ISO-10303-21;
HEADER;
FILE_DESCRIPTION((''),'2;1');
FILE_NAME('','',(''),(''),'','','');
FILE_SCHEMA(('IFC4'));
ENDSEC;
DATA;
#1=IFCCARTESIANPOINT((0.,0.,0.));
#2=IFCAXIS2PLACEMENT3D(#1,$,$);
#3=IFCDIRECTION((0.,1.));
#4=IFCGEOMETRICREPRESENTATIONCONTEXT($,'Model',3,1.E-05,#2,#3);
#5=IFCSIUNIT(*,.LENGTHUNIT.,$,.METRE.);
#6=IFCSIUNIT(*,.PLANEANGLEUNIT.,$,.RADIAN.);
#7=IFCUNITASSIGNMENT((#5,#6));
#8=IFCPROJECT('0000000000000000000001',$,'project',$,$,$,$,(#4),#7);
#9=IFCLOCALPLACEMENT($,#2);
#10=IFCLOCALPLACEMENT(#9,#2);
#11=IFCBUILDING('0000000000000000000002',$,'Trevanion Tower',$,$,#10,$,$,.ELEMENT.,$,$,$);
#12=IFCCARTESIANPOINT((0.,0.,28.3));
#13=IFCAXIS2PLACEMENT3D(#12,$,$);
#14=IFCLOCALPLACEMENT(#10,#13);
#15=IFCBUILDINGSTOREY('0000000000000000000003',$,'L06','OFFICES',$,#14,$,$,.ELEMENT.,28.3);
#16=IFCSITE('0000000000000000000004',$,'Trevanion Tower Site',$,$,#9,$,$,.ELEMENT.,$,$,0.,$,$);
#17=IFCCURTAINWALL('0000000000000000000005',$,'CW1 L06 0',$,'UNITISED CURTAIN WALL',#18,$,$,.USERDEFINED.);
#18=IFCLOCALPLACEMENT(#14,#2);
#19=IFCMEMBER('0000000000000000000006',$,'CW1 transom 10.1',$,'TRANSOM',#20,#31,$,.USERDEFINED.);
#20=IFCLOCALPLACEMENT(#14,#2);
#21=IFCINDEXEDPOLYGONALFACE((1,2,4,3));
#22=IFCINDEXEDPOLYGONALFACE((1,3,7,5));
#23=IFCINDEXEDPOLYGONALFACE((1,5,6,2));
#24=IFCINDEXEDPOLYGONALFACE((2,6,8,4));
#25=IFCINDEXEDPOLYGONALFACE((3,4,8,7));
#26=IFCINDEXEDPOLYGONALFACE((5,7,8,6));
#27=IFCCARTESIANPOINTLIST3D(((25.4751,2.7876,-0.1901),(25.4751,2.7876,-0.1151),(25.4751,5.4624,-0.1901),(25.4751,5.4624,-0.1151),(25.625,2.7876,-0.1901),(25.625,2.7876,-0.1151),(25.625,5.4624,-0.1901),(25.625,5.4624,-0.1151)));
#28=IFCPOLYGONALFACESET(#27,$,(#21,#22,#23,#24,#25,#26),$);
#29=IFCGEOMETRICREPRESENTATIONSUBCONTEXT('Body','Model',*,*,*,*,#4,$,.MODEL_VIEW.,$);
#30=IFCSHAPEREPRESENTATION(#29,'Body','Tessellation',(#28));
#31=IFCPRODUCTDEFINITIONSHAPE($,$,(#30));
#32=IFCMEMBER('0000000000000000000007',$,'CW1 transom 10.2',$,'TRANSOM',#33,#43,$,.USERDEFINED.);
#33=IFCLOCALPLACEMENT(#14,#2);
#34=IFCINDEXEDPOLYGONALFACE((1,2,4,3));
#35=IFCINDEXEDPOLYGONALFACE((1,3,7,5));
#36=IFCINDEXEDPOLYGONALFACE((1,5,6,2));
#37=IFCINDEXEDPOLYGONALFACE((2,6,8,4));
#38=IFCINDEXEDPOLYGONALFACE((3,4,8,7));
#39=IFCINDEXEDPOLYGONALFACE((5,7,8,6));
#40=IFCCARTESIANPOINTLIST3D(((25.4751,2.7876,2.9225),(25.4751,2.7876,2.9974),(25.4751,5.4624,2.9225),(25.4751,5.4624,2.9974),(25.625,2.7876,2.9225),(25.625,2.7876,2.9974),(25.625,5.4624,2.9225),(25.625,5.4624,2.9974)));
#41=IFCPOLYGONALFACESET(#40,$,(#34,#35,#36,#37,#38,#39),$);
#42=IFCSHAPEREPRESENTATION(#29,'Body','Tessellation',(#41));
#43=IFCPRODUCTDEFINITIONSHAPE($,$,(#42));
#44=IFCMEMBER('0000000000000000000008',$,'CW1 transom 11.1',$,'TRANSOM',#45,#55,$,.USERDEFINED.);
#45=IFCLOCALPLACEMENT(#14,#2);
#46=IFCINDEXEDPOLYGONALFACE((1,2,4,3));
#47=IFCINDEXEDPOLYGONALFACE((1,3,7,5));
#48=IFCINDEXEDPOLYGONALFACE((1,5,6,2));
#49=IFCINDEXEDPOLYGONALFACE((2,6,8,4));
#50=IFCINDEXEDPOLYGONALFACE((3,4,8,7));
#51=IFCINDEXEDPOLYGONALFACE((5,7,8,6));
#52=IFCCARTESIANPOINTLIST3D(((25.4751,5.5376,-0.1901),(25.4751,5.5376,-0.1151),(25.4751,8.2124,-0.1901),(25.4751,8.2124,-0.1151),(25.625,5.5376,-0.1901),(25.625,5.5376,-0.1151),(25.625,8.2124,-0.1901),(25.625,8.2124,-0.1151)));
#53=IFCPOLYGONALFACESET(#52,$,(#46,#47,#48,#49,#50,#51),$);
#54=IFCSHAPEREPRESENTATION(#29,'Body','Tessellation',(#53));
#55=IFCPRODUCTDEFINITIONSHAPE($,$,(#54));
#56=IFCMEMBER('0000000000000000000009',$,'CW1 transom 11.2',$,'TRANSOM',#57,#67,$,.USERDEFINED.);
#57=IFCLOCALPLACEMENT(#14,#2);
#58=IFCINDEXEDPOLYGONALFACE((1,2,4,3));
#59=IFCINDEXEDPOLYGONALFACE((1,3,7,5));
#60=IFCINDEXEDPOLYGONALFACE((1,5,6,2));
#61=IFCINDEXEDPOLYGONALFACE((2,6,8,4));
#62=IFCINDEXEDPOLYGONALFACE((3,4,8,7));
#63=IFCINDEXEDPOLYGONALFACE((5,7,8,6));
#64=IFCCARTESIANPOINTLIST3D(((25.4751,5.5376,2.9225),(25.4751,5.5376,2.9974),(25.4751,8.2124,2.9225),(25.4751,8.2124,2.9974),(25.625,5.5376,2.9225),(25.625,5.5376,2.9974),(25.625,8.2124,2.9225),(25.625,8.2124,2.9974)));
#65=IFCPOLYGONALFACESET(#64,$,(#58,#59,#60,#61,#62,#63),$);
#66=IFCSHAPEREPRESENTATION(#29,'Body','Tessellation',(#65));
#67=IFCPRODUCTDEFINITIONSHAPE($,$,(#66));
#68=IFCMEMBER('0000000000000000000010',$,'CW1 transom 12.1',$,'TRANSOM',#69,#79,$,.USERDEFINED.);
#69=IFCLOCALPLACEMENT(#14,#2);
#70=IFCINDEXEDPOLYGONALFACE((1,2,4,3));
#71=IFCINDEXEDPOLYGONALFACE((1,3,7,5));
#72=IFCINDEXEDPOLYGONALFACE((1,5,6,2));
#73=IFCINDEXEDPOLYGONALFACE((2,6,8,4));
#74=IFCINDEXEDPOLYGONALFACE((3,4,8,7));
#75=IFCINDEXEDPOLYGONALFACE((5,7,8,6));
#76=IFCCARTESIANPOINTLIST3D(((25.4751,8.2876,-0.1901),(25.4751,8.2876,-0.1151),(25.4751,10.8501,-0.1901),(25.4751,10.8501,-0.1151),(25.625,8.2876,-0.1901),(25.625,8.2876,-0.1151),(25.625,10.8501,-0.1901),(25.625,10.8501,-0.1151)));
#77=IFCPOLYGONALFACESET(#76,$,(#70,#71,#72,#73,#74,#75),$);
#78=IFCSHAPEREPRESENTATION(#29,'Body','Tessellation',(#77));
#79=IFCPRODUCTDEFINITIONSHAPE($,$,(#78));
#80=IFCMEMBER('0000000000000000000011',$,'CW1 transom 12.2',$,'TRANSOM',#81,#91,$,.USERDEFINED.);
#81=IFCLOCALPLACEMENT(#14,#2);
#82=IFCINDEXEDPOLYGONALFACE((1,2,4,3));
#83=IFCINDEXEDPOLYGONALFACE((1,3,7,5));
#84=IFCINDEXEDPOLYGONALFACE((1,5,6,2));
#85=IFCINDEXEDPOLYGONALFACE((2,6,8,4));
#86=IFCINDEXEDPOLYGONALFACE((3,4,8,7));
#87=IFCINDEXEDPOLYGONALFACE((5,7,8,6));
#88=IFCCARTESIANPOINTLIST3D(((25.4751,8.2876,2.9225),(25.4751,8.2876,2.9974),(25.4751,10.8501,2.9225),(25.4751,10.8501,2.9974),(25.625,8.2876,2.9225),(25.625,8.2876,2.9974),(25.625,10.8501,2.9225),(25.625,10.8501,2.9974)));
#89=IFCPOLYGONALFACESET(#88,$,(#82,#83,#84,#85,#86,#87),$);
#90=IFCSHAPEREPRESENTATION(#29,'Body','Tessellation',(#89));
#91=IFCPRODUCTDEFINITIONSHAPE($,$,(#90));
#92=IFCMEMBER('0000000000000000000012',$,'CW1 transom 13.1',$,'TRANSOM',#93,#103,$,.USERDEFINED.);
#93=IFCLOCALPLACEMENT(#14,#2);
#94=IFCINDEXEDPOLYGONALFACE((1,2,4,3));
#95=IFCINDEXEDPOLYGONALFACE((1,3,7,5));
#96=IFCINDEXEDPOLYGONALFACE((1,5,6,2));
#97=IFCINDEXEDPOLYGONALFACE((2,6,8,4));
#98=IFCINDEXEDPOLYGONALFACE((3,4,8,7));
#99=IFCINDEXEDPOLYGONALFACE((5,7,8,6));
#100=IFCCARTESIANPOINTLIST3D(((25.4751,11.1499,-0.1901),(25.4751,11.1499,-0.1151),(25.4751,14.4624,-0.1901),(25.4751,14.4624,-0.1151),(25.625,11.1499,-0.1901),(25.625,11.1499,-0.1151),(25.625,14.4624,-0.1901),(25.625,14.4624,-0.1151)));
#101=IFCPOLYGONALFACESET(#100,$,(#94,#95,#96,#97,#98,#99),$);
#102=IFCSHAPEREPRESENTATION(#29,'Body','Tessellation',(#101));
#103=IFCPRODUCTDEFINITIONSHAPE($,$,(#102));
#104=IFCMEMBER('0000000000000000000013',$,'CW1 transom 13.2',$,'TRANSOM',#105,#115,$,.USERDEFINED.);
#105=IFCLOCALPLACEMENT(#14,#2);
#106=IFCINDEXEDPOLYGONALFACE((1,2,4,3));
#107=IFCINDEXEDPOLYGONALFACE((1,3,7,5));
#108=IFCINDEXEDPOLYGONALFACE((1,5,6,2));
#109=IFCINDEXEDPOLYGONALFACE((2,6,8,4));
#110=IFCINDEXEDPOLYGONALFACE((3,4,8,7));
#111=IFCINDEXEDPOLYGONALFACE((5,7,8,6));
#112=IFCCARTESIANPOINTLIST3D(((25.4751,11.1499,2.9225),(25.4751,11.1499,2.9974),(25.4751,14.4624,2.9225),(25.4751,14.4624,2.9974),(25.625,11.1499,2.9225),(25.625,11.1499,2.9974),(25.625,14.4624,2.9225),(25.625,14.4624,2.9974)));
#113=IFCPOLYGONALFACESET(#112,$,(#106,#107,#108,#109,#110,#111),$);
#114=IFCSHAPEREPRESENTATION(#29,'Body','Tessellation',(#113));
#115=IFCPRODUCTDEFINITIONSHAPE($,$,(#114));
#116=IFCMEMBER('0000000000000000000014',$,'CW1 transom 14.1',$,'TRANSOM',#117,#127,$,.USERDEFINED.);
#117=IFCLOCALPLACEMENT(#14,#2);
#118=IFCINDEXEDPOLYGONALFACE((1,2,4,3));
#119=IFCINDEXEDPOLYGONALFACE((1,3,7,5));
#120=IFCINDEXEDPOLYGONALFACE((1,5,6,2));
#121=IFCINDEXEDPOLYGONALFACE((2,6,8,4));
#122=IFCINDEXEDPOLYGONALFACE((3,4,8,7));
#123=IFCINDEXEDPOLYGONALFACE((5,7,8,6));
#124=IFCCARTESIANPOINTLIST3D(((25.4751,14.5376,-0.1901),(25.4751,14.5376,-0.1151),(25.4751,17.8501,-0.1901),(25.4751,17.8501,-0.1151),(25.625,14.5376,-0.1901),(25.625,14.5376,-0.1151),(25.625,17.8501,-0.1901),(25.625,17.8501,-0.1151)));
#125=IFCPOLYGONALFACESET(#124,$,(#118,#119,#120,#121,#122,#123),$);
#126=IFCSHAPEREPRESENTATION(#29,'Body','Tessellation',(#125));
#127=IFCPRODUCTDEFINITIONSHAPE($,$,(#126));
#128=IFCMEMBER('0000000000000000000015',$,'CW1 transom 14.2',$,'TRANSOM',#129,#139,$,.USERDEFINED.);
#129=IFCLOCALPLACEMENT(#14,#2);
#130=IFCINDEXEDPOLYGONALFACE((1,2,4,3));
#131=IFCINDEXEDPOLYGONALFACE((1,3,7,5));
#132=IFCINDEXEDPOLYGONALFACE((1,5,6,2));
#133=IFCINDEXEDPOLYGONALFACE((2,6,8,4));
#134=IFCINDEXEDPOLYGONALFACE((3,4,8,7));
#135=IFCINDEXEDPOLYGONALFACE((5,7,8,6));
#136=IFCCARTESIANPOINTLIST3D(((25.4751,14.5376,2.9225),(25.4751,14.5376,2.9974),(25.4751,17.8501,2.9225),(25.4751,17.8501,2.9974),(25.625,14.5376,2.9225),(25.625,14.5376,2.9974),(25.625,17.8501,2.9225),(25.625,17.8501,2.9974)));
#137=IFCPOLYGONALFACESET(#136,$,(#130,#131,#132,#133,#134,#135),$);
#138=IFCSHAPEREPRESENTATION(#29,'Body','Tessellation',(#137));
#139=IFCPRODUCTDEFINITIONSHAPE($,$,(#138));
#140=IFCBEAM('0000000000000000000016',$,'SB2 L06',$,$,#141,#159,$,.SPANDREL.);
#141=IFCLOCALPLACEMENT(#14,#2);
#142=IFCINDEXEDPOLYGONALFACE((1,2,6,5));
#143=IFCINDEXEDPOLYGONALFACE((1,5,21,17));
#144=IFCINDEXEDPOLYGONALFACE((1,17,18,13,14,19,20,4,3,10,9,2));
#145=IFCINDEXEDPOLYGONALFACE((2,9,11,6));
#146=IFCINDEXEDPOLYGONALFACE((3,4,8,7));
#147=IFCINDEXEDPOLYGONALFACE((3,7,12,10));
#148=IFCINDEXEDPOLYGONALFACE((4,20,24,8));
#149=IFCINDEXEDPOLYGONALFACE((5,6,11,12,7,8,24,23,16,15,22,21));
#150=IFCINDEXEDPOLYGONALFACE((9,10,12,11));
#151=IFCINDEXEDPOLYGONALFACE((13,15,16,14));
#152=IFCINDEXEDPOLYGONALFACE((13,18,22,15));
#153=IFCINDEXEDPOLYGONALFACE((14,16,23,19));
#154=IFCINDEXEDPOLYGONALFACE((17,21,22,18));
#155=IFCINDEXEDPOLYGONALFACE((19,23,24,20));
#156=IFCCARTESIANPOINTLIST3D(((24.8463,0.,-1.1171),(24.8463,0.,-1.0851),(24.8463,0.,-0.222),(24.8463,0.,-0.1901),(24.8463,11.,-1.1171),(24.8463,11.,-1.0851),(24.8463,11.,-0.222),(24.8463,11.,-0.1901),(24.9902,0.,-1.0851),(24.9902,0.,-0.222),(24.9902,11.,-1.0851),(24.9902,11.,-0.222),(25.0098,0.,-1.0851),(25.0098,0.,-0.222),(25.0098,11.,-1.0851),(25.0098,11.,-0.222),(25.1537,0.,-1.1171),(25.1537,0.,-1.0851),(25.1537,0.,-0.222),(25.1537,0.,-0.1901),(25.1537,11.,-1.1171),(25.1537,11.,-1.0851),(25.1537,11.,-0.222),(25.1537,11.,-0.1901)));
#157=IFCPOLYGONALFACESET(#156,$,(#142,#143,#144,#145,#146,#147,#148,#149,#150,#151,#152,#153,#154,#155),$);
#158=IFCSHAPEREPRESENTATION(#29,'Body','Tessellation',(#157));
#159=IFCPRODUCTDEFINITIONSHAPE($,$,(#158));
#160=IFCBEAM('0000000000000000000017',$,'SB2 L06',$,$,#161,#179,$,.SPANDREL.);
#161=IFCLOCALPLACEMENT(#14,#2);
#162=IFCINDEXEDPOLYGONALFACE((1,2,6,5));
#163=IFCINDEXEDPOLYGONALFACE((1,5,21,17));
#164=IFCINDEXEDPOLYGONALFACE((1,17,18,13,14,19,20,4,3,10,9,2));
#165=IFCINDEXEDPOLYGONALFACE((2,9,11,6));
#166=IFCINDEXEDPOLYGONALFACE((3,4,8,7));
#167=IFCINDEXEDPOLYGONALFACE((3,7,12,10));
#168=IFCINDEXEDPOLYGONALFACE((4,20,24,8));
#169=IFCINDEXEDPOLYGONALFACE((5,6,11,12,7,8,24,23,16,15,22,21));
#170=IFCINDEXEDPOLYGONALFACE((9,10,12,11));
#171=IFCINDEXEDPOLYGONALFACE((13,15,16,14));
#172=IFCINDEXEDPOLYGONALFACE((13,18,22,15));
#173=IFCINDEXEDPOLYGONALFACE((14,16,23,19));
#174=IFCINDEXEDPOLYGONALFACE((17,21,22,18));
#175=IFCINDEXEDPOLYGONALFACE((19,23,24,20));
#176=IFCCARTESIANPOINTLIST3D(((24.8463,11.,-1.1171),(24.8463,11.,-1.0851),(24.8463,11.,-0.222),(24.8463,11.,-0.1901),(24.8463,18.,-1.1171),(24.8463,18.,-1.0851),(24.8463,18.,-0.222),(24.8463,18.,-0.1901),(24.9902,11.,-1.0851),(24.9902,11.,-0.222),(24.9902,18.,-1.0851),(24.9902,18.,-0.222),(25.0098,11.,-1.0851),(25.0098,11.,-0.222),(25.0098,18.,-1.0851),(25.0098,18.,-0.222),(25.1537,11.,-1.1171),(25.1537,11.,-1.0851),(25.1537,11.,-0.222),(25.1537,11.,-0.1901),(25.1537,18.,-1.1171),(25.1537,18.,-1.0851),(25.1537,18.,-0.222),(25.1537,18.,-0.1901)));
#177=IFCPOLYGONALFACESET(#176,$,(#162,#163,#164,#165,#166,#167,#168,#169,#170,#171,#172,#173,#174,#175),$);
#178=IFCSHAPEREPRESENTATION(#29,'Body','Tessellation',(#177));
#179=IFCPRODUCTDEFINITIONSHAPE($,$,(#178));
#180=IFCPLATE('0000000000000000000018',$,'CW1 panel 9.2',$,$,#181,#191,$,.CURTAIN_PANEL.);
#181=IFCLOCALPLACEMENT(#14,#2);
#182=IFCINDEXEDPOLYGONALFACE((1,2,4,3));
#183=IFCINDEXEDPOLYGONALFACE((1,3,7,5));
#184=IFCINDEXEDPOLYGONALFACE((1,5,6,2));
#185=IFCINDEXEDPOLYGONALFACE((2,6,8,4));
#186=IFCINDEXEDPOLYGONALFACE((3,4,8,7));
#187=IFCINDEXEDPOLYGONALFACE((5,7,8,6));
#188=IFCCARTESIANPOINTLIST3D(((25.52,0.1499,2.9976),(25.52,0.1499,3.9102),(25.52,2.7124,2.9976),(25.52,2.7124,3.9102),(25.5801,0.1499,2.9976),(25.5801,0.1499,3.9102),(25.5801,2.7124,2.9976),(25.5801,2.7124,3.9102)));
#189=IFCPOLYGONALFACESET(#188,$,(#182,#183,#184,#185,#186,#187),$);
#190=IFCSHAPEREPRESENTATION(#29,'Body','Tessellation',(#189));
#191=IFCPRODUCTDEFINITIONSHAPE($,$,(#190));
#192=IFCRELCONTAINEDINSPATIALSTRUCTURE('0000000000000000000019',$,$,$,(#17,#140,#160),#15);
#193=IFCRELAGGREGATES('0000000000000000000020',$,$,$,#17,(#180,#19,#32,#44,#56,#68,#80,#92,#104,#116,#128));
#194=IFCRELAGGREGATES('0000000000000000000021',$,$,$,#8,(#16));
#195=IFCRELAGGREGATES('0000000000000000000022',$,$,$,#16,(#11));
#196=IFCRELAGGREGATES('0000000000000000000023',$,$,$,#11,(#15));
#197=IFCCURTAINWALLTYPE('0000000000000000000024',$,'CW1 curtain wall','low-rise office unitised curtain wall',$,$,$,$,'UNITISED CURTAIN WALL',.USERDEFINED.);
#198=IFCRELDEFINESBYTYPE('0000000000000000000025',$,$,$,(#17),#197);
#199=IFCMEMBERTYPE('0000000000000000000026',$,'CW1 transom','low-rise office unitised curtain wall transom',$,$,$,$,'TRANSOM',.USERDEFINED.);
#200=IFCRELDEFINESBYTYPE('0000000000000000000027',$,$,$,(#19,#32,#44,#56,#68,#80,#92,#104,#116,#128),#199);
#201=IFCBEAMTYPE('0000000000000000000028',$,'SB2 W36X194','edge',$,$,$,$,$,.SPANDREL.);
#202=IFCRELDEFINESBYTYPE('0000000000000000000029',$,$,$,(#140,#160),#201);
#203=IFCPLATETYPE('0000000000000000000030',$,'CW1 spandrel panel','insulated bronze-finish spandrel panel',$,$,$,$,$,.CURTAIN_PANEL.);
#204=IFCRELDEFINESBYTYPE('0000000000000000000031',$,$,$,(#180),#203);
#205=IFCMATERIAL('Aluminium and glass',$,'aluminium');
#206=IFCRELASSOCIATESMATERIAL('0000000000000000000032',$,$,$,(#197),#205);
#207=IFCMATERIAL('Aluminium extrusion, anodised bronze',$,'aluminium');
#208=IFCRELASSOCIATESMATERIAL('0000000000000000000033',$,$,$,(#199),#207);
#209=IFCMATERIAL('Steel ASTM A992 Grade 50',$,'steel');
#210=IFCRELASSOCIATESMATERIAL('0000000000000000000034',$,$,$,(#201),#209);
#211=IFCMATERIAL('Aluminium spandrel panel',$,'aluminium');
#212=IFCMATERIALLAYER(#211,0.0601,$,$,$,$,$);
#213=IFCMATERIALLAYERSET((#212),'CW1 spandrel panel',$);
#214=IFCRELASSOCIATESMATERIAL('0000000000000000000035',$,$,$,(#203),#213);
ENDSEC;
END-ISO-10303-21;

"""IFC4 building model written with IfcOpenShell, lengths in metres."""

from ifc_helpers import new_model, si_unit, direction, frame, origin, origin_2d, place, context, subcontext, project, spatial, rectangle, i_section, extrude, material, layer, layer_set, material_profile, profile_set, type_object, element, aggregate, save


model = new_model("IFC4")

# Units and contexts
model_context = context("Model", 3, precision=1e-05, world=origin(), true_north=direction((0.0, 1.0)))
body_context = subcontext(model_context, "Body", "Model", "MODEL_VIEW")
ifc_project = project(units=[si_unit("LENGTHUNIT", "METRE"), si_unit("PLANEANGLEUNIT", "RADIAN")], contexts=[model_context])

# Site, building, storey
site_placement = place(None, origin())
site = spatial("IfcSite", under=ifc_project, at=site_placement, Name="Trevanion Tower Site", CompositionType="ELEMENT", RefElevation=0.0)
building_placement = place(site_placement, origin())
building = spatial("IfcBuilding", under=site, at=building_placement, Name="Trevanion Tower", CompositionType="ELEMENT")
storey_placement = place(building_placement, frame((0.0, 0.0, 28.3)))
storey = spatial("IfcBuildingStorey", under=building, at=storey_placement, Name="L06", Description="OFFICES", CompositionType="ELEMENT", Elevation=28.3)

# Curtain wall, members
ifc_material_1 = material(Name="Aluminium and glass", Category="aluminium")
curtain_wall_type = type_object("IfcCurtainWallType", Name="CW1 curtain wall", Description="low-rise office unitised curtain wall", ElementType="UNITISED CURTAIN WALL", PredefinedType="USERDEFINED", material=ifc_material_1)
curtain_wall_placement = place(storey_placement, origin())
curtain_wall = element("IfcCurtainWall", 1, at=curtain_wall_placement, inside=storey, type_object=curtain_wall_type, Name="CW1 L06 0", ObjectType="UNITISED CURTAIN WALL", PredefinedType="USERDEFINED")
ifc_material_2 = material(Name="Aluminium extrusion, anodised bronze", Category="aluminium")
ifc_material_profile_1 = material_profile(ifc_material_2, rectangle(XDim=0.1499, YDim=0.075, at=origin_2d()), Name="CW1 transom")
ifc_profile_set_1 = profile_set([ifc_material_profile_1], Name="Aluminium extrusion, anodised bronze")
member_type_1 = type_object("IfcMemberType", Name="CW1 transom", Description="low-rise office unitised curtain wall transom", ElementType="TRANSOM", PredefinedType="USERDEFINED", material=ifc_profile_set_1)
member_1_placement = place(storey_placement, frame((25.55, 2.7876, -0.1526), z_axis=(0.0, 1.0, 0.0), x_axis=(-1.0, 0.0, 0.0)))
member_1 = element("IfcMember", 2, at=member_1_placement, type_object=member_type_1, Name="CW1 transom 10.1", ObjectType="TRANSOM", PredefinedType="USERDEFINED", context=body_context, shape_type="SweptSolid", body=[
    extrude(rectangle(XDim=0.1499, YDim=0.075, at=origin_2d()), origin(), (0.0, 0.0, 1.0), 2.6748),
])
member_2_placement = place(storey_placement, frame((25.55, 2.7876, 2.96), z_axis=(0.0, 1.0, 0.0), x_axis=(-1.0, 0.0, 0.0)))
member_2 = element("IfcMember", 3, at=member_2_placement, type_object=member_type_1, Name="CW1 transom 10.2", ObjectType="TRANSOM", PredefinedType="USERDEFINED", context=body_context, shape_type="SweptSolid", body=[
    extrude(rectangle(XDim=0.1499, YDim=0.075, at=origin_2d()), origin(), (0.0, 0.0, 1.0), 2.6748),
])
member_3_placement = place(storey_placement, frame((25.55, 5.5376, -0.1526), z_axis=(0.0, 1.0, 0.0), x_axis=(-1.0, 0.0, 0.0)))
member_3 = element("IfcMember", 4, at=member_3_placement, type_object=member_type_1, Name="CW1 transom 11.1", ObjectType="TRANSOM", PredefinedType="USERDEFINED", context=body_context, shape_type="SweptSolid", body=[
    extrude(rectangle(XDim=0.1499, YDim=0.075, at=origin_2d()), origin(), (0.0, 0.0, 1.0), 2.6748),
])
member_4_placement = place(storey_placement, frame((25.55, 5.5376, 2.96), z_axis=(0.0, 1.0, 0.0), x_axis=(-1.0, 0.0, 0.0)))
member_4 = element("IfcMember", 5, at=member_4_placement, type_object=member_type_1, Name="CW1 transom 11.2", ObjectType="TRANSOM", PredefinedType="USERDEFINED", context=body_context, shape_type="SweptSolid", body=[
    extrude(rectangle(XDim=0.1499, YDim=0.075, at=origin_2d()), origin(), (0.0, 0.0, 1.0), 2.6748),
])
member_5_placement = place(storey_placement, frame((25.55, 8.2876, -0.1526), z_axis=(0.0, 1.0, 0.0), x_axis=(-1.0, 0.0, 0.0)))
member_5 = element("IfcMember", 6, at=member_5_placement, type_object=member_type_1, Name="CW1 transom 12.1", ObjectType="TRANSOM", PredefinedType="USERDEFINED", context=body_context, shape_type="SweptSolid", body=[
    extrude(rectangle(XDim=0.1499, YDim=0.075, at=origin_2d()), origin(), (0.0, 0.0, 1.0), 2.5625),
])
member_6_placement = place(storey_placement, frame((25.55, 8.2876, 2.96), z_axis=(0.0, 1.0, 0.0), x_axis=(-1.0, 0.0, 0.0)))
member_6 = element("IfcMember", 7, at=member_6_placement, type_object=member_type_1, Name="CW1 transom 12.2", ObjectType="TRANSOM", PredefinedType="USERDEFINED", context=body_context, shape_type="SweptSolid", body=[
    extrude(rectangle(XDim=0.1499, YDim=0.075, at=origin_2d()), origin(), (0.0, 0.0, 1.0), 2.5625),
])
member_7_placement = place(storey_placement, frame((25.55, 11.1499, -0.1526), z_axis=(0.0, 1.0, 0.0), x_axis=(-1.0, 0.0, 0.0)))
member_7 = element("IfcMember", 8, at=member_7_placement, type_object=member_type_1, Name="CW1 transom 13.1", ObjectType="TRANSOM", PredefinedType="USERDEFINED", context=body_context, shape_type="SweptSolid", body=[
    extrude(rectangle(XDim=0.1499, YDim=0.075, at=origin_2d()), origin(), (0.0, 0.0, 1.0), 3.3125),
])
member_8_placement = place(storey_placement, frame((25.55, 11.1499, 2.96), z_axis=(0.0, 1.0, 0.0), x_axis=(-1.0, 0.0, 0.0)))
member_8 = element("IfcMember", 9, at=member_8_placement, type_object=member_type_1, Name="CW1 transom 13.2", ObjectType="TRANSOM", PredefinedType="USERDEFINED", context=body_context, shape_type="SweptSolid", body=[
    extrude(rectangle(XDim=0.1499, YDim=0.075, at=origin_2d()), origin(), (0.0, 0.0, 1.0), 3.3125),
])
member_9_placement = place(storey_placement, frame((25.55, 14.5376, -0.1526), z_axis=(0.0, 1.0, 0.0), x_axis=(-1.0, 0.0, 0.0)))
member_9 = element("IfcMember", 10, at=member_9_placement, type_object=member_type_1, Name="CW1 transom 14.1", ObjectType="TRANSOM", PredefinedType="USERDEFINED", context=body_context, shape_type="SweptSolid", body=[
    extrude(rectangle(XDim=0.1499, YDim=0.075, at=origin_2d()), origin(), (0.0, 0.0, 1.0), 3.3125),
])
member_10_placement = place(storey_placement, frame((25.55, 14.5376, 2.96), z_axis=(0.0, 1.0, 0.0), x_axis=(-1.0, 0.0, 0.0)))
member_10 = element("IfcMember", 11, at=member_10_placement, type_object=member_type_1, Name="CW1 transom 14.2", ObjectType="TRANSOM", PredefinedType="USERDEFINED", context=body_context, shape_type="SweptSolid", body=[
    extrude(rectangle(XDim=0.1499, YDim=0.075, at=origin_2d()), origin(), (0.0, 0.0, 1.0), 3.3125),
])

# Beams
ifc_material_3 = material(Name="Steel ASTM A992 Grade 50", Category="steel")
ifc_material_profile_2 = material_profile(ifc_material_3, i_section(OverallWidth=0.3074, OverallDepth=0.927, WebThickness=0.0195, FlangeThickness=0.032, at=origin_2d()), Name="W36X194")
ifc_profile_set_2 = profile_set([ifc_material_profile_2], Name="Steel ASTM A992 Grade 50")
beam_type_1 = type_object("IfcBeamType", Name="SB2 W36X194", Description="edge", PredefinedType="SPANDREL", material=ifc_profile_set_2)
beam_1_placement = place(storey_placement, frame((25.0, 0.0, -0.6536), z_axis=(0.0, 1.0, 0.0), x_axis=(-1.0, 0.0, 0.0)))
element("IfcBeam", 12, at=beam_1_placement, inside=storey, type_object=beam_type_1, Name="SB2 L06", PredefinedType="SPANDREL", context=body_context, shape_type="SweptSolid", body=[
    extrude(i_section(OverallWidth=0.3074, OverallDepth=0.927, WebThickness=0.0195, FlangeThickness=0.032, at=origin_2d()), origin(), (0.0, 0.0, 1.0), 11.0),
])
beam_2_placement = place(storey_placement, frame((25.0, 11.0, -0.6536), z_axis=(0.0, 1.0, 0.0), x_axis=(-1.0, 0.0, 0.0)))
element("IfcBeam", 13, at=beam_2_placement, inside=storey, type_object=beam_type_1, Name="SB2 L06", PredefinedType="SPANDREL", context=body_context, shape_type="SweptSolid", body=[
    extrude(i_section(OverallWidth=0.3074, OverallDepth=0.927, WebThickness=0.0195, FlangeThickness=0.032, at=origin_2d()), origin(), (0.0, 0.0, 1.0), 7.0),
])

# Plate
ifc_material_4 = material(Name="Aluminium spandrel panel", Category="aluminium")
ifc_layer_1 = layer(ifc_material_4, 0.0601)
ifc_layer_set_1 = layer_set([ifc_layer_1], Name="CW1 spandrel panel")
plate_type_1 = type_object("IfcPlateType", Name="CW1 spandrel panel", Description="insulated bronze-finish spandrel panel", PredefinedType="CURTAIN_PANEL", material=ifc_layer_set_1)
plate_1_placement = place(storey_placement, frame((25.55, 1.4312, 2.9976), z_axis=(0.0, 0.0, 1.0), x_axis=(0.0, 1.0, 0.0)))
plate_1 = element("IfcPlate", 14, at=plate_1_placement, type_object=plate_type_1, Name="CW1 panel 9.2", PredefinedType="CURTAIN_PANEL", context=body_context, shape_type="SweptSolid", body=[
    extrude(rectangle(XDim=2.5625, YDim=0.0601, at=origin_2d()), origin(), (0.0, 0.0, 1.0), 0.9126),
])
aggregate(curtain_wall, [plate_1, member_1, member_2, member_3, member_4, member_5, member_6, member_7, member_8, member_9, member_10])

save(model, "model.ifc")
